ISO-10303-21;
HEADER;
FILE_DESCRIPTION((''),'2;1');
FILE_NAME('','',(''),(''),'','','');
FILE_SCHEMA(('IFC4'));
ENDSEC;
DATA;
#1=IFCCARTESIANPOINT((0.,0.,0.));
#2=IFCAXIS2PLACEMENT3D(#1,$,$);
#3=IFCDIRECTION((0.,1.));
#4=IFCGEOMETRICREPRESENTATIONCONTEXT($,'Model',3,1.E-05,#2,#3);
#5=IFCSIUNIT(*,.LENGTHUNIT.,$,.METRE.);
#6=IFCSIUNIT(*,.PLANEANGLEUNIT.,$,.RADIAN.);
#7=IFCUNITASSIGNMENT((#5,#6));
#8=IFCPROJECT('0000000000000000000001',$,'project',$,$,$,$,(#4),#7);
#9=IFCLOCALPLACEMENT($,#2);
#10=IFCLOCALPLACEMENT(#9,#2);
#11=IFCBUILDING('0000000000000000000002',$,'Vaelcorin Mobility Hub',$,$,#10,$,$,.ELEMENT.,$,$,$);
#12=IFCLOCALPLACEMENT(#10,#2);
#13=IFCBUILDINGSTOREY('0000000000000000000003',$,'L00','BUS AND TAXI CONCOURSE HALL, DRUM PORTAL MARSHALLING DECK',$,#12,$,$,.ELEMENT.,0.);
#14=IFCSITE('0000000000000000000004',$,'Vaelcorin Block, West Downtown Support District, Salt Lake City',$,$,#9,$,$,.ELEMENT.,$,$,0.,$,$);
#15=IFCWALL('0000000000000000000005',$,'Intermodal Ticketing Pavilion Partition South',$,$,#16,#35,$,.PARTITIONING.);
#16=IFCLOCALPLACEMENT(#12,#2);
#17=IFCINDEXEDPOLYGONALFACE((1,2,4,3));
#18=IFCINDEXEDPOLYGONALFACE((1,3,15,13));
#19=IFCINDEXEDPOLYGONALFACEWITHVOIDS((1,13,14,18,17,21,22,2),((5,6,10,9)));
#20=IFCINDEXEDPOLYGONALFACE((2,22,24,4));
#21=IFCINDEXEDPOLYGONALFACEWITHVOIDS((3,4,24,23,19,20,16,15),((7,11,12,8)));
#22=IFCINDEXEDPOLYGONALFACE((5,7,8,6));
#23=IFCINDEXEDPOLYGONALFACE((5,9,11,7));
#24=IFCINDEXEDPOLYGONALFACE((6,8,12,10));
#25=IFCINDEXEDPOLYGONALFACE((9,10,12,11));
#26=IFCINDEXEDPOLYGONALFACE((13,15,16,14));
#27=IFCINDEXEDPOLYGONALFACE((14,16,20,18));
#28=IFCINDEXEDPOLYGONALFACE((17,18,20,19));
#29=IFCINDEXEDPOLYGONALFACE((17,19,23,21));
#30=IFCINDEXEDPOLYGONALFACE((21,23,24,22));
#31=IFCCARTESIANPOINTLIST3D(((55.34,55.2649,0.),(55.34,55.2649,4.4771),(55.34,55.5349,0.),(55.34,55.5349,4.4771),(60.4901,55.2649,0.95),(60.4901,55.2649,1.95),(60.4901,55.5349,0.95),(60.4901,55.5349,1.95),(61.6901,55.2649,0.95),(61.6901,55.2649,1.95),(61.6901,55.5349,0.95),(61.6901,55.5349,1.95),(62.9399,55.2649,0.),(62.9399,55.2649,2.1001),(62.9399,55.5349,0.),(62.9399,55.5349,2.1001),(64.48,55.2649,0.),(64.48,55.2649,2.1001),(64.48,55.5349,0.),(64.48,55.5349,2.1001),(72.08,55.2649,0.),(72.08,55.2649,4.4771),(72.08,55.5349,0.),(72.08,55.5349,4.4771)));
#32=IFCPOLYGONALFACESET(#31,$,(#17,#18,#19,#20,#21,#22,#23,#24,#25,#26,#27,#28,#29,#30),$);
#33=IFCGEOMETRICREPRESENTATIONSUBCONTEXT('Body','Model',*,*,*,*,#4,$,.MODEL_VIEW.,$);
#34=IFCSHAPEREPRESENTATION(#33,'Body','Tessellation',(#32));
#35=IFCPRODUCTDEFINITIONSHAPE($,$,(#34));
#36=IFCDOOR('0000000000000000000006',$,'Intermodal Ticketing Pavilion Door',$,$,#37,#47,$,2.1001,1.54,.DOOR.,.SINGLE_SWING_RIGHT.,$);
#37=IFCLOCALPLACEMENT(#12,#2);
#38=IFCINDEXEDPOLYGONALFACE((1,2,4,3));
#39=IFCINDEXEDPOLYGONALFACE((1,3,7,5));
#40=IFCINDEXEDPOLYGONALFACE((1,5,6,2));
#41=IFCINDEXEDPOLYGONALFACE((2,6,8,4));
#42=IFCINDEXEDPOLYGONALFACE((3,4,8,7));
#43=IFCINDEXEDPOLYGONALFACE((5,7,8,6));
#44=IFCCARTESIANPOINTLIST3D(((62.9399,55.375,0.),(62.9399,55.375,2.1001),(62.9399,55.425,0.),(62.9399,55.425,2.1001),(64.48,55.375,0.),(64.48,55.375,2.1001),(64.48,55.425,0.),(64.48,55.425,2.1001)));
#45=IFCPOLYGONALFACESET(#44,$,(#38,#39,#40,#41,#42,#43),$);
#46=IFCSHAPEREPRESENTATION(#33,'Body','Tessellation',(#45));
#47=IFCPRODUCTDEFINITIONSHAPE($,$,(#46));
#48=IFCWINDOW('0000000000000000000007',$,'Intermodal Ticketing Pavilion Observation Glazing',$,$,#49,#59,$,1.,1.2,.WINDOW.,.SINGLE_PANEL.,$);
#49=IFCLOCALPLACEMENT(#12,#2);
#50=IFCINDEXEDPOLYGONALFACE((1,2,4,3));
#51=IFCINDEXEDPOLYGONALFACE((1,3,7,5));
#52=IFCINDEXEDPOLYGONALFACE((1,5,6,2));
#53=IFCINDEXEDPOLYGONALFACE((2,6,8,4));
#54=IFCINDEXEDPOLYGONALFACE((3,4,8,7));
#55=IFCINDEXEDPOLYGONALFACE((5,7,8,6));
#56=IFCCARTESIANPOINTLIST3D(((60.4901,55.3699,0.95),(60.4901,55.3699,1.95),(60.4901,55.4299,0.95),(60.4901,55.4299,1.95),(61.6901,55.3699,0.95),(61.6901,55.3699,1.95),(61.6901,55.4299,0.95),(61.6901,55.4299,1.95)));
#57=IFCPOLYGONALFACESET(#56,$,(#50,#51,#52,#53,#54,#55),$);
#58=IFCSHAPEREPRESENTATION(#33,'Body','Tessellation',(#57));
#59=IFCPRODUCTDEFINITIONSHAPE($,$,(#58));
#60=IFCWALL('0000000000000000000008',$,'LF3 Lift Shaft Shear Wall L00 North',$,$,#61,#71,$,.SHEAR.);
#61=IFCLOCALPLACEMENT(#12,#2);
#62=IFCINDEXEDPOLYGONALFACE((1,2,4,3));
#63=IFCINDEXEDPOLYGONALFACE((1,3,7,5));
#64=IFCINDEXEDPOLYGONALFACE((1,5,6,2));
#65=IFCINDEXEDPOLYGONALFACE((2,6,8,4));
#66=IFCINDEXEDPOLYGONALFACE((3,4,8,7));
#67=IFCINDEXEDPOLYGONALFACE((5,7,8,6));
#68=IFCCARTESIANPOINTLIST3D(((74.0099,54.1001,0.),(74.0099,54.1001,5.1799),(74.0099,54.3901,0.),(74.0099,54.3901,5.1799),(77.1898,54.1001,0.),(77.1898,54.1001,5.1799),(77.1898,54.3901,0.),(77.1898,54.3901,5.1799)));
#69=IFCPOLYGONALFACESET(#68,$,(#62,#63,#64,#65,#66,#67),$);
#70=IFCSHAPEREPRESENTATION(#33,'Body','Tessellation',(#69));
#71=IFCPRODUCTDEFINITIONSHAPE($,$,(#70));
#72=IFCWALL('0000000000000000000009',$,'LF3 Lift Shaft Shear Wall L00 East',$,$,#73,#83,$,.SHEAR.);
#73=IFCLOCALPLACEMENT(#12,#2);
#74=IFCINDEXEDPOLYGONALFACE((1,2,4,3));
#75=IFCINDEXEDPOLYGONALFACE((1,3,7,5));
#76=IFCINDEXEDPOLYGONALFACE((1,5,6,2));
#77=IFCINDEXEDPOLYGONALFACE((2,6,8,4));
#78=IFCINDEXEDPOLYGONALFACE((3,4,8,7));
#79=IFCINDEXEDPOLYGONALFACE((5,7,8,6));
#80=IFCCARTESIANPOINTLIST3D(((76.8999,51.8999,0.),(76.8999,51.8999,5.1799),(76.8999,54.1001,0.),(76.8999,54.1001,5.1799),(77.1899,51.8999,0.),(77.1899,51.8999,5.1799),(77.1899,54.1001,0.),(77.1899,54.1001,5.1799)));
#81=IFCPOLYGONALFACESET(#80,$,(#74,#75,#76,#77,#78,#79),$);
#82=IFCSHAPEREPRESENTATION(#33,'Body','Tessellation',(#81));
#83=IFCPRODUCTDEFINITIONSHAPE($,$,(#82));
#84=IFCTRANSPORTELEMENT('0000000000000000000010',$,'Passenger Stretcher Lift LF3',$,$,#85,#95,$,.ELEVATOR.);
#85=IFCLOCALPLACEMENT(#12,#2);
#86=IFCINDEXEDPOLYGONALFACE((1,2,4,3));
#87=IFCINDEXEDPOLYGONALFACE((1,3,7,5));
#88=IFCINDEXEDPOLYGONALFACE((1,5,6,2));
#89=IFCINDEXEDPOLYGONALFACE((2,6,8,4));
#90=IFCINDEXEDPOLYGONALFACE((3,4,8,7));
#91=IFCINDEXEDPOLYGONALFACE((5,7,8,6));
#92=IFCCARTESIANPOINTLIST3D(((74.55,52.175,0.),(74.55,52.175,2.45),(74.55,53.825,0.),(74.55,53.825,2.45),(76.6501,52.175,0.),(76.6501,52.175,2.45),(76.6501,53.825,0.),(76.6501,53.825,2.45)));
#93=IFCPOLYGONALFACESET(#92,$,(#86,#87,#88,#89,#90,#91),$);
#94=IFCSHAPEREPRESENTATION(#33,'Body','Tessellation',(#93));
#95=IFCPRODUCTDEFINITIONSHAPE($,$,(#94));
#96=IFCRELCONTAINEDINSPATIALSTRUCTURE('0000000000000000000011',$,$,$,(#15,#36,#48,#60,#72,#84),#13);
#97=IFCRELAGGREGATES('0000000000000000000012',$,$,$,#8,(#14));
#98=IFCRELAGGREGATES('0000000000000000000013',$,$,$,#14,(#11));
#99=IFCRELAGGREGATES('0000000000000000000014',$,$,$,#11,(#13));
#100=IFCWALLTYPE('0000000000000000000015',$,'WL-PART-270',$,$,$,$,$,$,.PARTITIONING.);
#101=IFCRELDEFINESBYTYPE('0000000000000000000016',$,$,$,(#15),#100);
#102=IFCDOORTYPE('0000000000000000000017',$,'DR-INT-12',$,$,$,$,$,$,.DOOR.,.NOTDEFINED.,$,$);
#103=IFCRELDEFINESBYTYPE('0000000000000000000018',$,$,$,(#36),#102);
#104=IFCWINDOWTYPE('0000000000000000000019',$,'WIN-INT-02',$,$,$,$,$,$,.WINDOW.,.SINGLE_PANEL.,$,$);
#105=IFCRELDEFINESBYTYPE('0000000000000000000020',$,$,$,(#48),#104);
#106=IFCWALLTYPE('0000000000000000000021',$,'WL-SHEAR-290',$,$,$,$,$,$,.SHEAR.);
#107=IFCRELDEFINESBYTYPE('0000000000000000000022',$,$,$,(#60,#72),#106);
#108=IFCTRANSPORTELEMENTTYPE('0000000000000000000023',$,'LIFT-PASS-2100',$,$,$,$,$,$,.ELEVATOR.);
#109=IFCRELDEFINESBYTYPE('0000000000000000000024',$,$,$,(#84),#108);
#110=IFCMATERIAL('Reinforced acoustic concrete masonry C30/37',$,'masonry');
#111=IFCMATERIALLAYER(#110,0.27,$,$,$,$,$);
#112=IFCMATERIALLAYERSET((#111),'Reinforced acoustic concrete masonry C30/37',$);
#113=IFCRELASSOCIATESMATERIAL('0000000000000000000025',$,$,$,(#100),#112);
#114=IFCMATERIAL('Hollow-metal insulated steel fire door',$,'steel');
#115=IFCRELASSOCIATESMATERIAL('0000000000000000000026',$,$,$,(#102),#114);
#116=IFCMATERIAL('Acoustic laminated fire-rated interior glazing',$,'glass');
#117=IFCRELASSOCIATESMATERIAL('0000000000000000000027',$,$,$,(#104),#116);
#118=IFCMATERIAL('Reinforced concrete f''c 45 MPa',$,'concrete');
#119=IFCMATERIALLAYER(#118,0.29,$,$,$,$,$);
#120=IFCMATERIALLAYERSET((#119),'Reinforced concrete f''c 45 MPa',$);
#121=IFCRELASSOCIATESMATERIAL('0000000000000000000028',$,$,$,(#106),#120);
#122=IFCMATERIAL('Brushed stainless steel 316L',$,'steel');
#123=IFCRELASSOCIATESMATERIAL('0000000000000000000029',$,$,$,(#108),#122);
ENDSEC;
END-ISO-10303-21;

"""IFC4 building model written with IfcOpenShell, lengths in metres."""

from ifc_helpers import new_model, si_unit, direction, frame, frame_2d, origin, origin_2d, place, context, subcontext, project, spatial, rectangle, extrude, material, layer, layer_set, type_object, element, fill, save


model = new_model("IFC4")

# Units and contexts
model_context = context("Model", 3, precision=1e-05, world=origin(), true_north=direction((0.0, 1.0)))
body_context = subcontext(model_context, "Body", "Model", "MODEL_VIEW")
ifc_project = project(units=[si_unit("LENGTHUNIT", "METRE"), si_unit("PLANEANGLEUNIT", "RADIAN")], contexts=[model_context])

# Site, building, storey
site_placement = place(None, origin())
site = spatial("IfcSite", under=ifc_project, at=site_placement, Name="Vaelcorin Block, West Downtown Support District, Salt Lake City", CompositionType="ELEMENT", RefElevation=0.0)
building_placement = place(site_placement, origin())
building = spatial("IfcBuilding", under=site, at=building_placement, Name="Vaelcorin Mobility Hub", CompositionType="ELEMENT")
storey_placement = place(building_placement, origin())
storey = spatial("IfcBuildingStorey", under=building, at=storey_placement, Name="L00", Description="BUS AND TAXI CONCOURSE HALL, DRUM PORTAL MARSHALLING DECK", CompositionType="ELEMENT", Elevation=0.0)

# Wall, openings, door, window
ifc_material_1 = material(Name="Reinforced acoustic concrete masonry C30/37", Category="masonry")
ifc_layer_1 = layer(ifc_material_1, 0.27)
ifc_layer_set_1 = layer_set([ifc_layer_1], Name="Reinforced acoustic concrete masonry C30/37")
wall_type_1 = type_object("IfcWallType", Name="WL-PART-270", PredefinedType="PARTITIONING", material=ifc_layer_set_1)
wall_1_placement = place(storey_placement, frame((72.0801, 55.3999, 0.0), z_axis=(0.0, 0.0, 1.0), x_axis=(-1.0, 0.0, 0.0)))
wall_1 = element("IfcWall", 1, at=wall_1_placement, inside=storey, type_object=wall_type_1, Name="Intermodal Ticketing Pavilion Partition South", PredefinedType="PARTITIONING", context=body_context, shape_type="SweptSolid", body=[
    extrude(rectangle(XDim=16.74, YDim=0.27, at=frame_2d((8.3701, 0.0))), origin(), (0.0, 0.0, 1.0), 4.4771),
])
opening_1_placement = place(wall_1_placement, frame((7.6001, 0.0, 0.0)))
opening_1 = element("IfcOpeningElement", 2, at=opening_1_placement, cuts=wall_1, PredefinedType="OPENING", context=body_context, shape_type="SweptSolid", body=[
    extrude(rectangle(XDim=1.54, YDim=2.1001, at=frame_2d((0.77, 1.05))), frame((0.0, 0.145, 0.0), z_axis=(0.0, -1.0, 0.0), x_axis=(1.0, 0.0, 0.0)), (0.0, 0.0, 1.0), 0.29),
])
opening_2_placement = place(wall_1_placement, frame((10.3899, 0.0, 0.95)))
opening_2 = element("IfcOpeningElement", 3, at=opening_2_placement, cuts=wall_1, PredefinedType="OPENING", context=body_context, shape_type="SweptSolid", body=[
    extrude(rectangle(XDim=1.2, YDim=1.0, at=frame_2d((0.6001, 0.5))), frame((0.0, 0.145, 0.0), z_axis=(0.0, -1.0, 0.0), x_axis=(1.0, 0.0, 0.0)), (0.0, 0.0, 1.0), 0.29),
])
ifc_material_2 = material(Name="Hollow-metal insulated steel fire door", Category="steel")
door_type = type_object("IfcDoorType", Name="DR-INT-12", OperationType="NOTDEFINED", PredefinedType="DOOR", material=ifc_material_2)
door_placement = place(opening_1_placement, origin())
door = element("IfcDoor", 4, at=door_placement, inside=storey, type_object=door_type, Name="Intermodal Ticketing Pavilion Door", OperationType="SINGLE_SWING_RIGHT", OverallHeight=2.1001, OverallWidth=1.54, PredefinedType="DOOR", context=body_context, shape_type="SweptSolid", body=[
    extrude(rectangle(XDim=1.54, YDim=2.1001, at=frame_2d((0.77, 1.05))), frame((0.0, 0.0249, 0.0), z_axis=(0.0, -1.0, 0.0), x_axis=(1.0, 0.0, 0.0)), (0.0, 0.0, 1.0), 0.05),
])
fill(opening_1, door)
ifc_material_3 = material(Name="Acoustic laminated fire-rated interior glazing", Category="glass")
window_type = type_object("IfcWindowType", Name="WIN-INT-02", PartitioningType="SINGLE_PANEL", PredefinedType="WINDOW", material=ifc_material_3)
window_placement = place(opening_2_placement, origin())
window = element("IfcWindow", 5, at=window_placement, inside=storey, type_object=window_type, Name="Intermodal Ticketing Pavilion Observation Glazing", OverallHeight=1.0, OverallWidth=1.2, PartitioningType="SINGLE_PANEL", PredefinedType="WINDOW", context=body_context, shape_type="SweptSolid", body=[
    extrude(rectangle(XDim=1.2, YDim=1.0, at=frame_2d((0.6001, 0.5))), frame((0.0, 0.03, 0.0), z_axis=(0.0, -1.0, 0.0), x_axis=(1.0, 0.0, 0.0)), (0.0, 0.0, 1.0), 0.0601),
])
fill(opening_2, window)

# Walls
ifc_material_4 = material(Name="Reinforced concrete f'c 45 MPa", Category="concrete")
ifc_layer_2 = layer(ifc_material_4, 0.29)
ifc_layer_set_2 = layer_set([ifc_layer_2], Name="Reinforced concrete f'c 45 MPa")
wall_type_2 = type_object("IfcWallType", Name="WL-SHEAR-290", PredefinedType="SHEAR", material=ifc_layer_set_2)
wall_2_placement = place(storey_placement, frame((74.01, 54.2451, 0.0), z_axis=(0.0, 0.0, 1.0), x_axis=(1.0, 0.0, 0.0)))
element("IfcWall", 6, at=wall_2_placement, inside=storey, type_object=wall_type_2, Name="LF3 Lift Shaft Shear Wall L00 North", PredefinedType="SHEAR", context=body_context, shape_type="SweptSolid", body=[
    extrude(rectangle(XDim=3.1799, YDim=0.29, at=frame_2d((1.5898, 0.0))), origin(), (0.0, 0.0, 1.0), 5.1799),
])
wall_3_placement = place(storey_placement, frame((77.0449, 54.1001, 0.0), z_axis=(0.0, 0.0, 1.0), x_axis=(0.0, -1.0, 0.0)))
element("IfcWall", 7, at=wall_3_placement, inside=storey, type_object=wall_type_2, Name="LF3 Lift Shaft Shear Wall L00 East", PredefinedType="SHEAR", context=body_context, shape_type="SweptSolid", body=[
    extrude(rectangle(XDim=2.2002, YDim=0.29, at=frame_2d((1.1001, 0.0))), origin(), (0.0, 0.0, 1.0), 5.1799),
])

# Transport element
ifc_material_5 = material(Name="Brushed stainless steel 316L", Category="steel")
transport_element_type = type_object("IfcTransportElementType", Name="LIFT-PASS-2100", PredefinedType="ELEVATOR", material=ifc_material_5)
transport_element_placement = place(storey_placement, frame((75.6001, 53.0, 0.0), z_axis=(0.0, 0.0, 1.0), x_axis=(1.0, 0.0, 0.0)))
element("IfcTransportElement", 8, at=transport_element_placement, inside=storey, type_object=transport_element_type, Name="Passenger Stretcher Lift LF3", PredefinedType="ELEVATOR", context=body_context, shape_type="SweptSolid", body=[
    extrude(rectangle(XDim=2.1001, YDim=1.6499, at=origin_2d()), origin(), (0.0, 0.0, 1.0), 2.45),
])

save(model, "model.ifc")
